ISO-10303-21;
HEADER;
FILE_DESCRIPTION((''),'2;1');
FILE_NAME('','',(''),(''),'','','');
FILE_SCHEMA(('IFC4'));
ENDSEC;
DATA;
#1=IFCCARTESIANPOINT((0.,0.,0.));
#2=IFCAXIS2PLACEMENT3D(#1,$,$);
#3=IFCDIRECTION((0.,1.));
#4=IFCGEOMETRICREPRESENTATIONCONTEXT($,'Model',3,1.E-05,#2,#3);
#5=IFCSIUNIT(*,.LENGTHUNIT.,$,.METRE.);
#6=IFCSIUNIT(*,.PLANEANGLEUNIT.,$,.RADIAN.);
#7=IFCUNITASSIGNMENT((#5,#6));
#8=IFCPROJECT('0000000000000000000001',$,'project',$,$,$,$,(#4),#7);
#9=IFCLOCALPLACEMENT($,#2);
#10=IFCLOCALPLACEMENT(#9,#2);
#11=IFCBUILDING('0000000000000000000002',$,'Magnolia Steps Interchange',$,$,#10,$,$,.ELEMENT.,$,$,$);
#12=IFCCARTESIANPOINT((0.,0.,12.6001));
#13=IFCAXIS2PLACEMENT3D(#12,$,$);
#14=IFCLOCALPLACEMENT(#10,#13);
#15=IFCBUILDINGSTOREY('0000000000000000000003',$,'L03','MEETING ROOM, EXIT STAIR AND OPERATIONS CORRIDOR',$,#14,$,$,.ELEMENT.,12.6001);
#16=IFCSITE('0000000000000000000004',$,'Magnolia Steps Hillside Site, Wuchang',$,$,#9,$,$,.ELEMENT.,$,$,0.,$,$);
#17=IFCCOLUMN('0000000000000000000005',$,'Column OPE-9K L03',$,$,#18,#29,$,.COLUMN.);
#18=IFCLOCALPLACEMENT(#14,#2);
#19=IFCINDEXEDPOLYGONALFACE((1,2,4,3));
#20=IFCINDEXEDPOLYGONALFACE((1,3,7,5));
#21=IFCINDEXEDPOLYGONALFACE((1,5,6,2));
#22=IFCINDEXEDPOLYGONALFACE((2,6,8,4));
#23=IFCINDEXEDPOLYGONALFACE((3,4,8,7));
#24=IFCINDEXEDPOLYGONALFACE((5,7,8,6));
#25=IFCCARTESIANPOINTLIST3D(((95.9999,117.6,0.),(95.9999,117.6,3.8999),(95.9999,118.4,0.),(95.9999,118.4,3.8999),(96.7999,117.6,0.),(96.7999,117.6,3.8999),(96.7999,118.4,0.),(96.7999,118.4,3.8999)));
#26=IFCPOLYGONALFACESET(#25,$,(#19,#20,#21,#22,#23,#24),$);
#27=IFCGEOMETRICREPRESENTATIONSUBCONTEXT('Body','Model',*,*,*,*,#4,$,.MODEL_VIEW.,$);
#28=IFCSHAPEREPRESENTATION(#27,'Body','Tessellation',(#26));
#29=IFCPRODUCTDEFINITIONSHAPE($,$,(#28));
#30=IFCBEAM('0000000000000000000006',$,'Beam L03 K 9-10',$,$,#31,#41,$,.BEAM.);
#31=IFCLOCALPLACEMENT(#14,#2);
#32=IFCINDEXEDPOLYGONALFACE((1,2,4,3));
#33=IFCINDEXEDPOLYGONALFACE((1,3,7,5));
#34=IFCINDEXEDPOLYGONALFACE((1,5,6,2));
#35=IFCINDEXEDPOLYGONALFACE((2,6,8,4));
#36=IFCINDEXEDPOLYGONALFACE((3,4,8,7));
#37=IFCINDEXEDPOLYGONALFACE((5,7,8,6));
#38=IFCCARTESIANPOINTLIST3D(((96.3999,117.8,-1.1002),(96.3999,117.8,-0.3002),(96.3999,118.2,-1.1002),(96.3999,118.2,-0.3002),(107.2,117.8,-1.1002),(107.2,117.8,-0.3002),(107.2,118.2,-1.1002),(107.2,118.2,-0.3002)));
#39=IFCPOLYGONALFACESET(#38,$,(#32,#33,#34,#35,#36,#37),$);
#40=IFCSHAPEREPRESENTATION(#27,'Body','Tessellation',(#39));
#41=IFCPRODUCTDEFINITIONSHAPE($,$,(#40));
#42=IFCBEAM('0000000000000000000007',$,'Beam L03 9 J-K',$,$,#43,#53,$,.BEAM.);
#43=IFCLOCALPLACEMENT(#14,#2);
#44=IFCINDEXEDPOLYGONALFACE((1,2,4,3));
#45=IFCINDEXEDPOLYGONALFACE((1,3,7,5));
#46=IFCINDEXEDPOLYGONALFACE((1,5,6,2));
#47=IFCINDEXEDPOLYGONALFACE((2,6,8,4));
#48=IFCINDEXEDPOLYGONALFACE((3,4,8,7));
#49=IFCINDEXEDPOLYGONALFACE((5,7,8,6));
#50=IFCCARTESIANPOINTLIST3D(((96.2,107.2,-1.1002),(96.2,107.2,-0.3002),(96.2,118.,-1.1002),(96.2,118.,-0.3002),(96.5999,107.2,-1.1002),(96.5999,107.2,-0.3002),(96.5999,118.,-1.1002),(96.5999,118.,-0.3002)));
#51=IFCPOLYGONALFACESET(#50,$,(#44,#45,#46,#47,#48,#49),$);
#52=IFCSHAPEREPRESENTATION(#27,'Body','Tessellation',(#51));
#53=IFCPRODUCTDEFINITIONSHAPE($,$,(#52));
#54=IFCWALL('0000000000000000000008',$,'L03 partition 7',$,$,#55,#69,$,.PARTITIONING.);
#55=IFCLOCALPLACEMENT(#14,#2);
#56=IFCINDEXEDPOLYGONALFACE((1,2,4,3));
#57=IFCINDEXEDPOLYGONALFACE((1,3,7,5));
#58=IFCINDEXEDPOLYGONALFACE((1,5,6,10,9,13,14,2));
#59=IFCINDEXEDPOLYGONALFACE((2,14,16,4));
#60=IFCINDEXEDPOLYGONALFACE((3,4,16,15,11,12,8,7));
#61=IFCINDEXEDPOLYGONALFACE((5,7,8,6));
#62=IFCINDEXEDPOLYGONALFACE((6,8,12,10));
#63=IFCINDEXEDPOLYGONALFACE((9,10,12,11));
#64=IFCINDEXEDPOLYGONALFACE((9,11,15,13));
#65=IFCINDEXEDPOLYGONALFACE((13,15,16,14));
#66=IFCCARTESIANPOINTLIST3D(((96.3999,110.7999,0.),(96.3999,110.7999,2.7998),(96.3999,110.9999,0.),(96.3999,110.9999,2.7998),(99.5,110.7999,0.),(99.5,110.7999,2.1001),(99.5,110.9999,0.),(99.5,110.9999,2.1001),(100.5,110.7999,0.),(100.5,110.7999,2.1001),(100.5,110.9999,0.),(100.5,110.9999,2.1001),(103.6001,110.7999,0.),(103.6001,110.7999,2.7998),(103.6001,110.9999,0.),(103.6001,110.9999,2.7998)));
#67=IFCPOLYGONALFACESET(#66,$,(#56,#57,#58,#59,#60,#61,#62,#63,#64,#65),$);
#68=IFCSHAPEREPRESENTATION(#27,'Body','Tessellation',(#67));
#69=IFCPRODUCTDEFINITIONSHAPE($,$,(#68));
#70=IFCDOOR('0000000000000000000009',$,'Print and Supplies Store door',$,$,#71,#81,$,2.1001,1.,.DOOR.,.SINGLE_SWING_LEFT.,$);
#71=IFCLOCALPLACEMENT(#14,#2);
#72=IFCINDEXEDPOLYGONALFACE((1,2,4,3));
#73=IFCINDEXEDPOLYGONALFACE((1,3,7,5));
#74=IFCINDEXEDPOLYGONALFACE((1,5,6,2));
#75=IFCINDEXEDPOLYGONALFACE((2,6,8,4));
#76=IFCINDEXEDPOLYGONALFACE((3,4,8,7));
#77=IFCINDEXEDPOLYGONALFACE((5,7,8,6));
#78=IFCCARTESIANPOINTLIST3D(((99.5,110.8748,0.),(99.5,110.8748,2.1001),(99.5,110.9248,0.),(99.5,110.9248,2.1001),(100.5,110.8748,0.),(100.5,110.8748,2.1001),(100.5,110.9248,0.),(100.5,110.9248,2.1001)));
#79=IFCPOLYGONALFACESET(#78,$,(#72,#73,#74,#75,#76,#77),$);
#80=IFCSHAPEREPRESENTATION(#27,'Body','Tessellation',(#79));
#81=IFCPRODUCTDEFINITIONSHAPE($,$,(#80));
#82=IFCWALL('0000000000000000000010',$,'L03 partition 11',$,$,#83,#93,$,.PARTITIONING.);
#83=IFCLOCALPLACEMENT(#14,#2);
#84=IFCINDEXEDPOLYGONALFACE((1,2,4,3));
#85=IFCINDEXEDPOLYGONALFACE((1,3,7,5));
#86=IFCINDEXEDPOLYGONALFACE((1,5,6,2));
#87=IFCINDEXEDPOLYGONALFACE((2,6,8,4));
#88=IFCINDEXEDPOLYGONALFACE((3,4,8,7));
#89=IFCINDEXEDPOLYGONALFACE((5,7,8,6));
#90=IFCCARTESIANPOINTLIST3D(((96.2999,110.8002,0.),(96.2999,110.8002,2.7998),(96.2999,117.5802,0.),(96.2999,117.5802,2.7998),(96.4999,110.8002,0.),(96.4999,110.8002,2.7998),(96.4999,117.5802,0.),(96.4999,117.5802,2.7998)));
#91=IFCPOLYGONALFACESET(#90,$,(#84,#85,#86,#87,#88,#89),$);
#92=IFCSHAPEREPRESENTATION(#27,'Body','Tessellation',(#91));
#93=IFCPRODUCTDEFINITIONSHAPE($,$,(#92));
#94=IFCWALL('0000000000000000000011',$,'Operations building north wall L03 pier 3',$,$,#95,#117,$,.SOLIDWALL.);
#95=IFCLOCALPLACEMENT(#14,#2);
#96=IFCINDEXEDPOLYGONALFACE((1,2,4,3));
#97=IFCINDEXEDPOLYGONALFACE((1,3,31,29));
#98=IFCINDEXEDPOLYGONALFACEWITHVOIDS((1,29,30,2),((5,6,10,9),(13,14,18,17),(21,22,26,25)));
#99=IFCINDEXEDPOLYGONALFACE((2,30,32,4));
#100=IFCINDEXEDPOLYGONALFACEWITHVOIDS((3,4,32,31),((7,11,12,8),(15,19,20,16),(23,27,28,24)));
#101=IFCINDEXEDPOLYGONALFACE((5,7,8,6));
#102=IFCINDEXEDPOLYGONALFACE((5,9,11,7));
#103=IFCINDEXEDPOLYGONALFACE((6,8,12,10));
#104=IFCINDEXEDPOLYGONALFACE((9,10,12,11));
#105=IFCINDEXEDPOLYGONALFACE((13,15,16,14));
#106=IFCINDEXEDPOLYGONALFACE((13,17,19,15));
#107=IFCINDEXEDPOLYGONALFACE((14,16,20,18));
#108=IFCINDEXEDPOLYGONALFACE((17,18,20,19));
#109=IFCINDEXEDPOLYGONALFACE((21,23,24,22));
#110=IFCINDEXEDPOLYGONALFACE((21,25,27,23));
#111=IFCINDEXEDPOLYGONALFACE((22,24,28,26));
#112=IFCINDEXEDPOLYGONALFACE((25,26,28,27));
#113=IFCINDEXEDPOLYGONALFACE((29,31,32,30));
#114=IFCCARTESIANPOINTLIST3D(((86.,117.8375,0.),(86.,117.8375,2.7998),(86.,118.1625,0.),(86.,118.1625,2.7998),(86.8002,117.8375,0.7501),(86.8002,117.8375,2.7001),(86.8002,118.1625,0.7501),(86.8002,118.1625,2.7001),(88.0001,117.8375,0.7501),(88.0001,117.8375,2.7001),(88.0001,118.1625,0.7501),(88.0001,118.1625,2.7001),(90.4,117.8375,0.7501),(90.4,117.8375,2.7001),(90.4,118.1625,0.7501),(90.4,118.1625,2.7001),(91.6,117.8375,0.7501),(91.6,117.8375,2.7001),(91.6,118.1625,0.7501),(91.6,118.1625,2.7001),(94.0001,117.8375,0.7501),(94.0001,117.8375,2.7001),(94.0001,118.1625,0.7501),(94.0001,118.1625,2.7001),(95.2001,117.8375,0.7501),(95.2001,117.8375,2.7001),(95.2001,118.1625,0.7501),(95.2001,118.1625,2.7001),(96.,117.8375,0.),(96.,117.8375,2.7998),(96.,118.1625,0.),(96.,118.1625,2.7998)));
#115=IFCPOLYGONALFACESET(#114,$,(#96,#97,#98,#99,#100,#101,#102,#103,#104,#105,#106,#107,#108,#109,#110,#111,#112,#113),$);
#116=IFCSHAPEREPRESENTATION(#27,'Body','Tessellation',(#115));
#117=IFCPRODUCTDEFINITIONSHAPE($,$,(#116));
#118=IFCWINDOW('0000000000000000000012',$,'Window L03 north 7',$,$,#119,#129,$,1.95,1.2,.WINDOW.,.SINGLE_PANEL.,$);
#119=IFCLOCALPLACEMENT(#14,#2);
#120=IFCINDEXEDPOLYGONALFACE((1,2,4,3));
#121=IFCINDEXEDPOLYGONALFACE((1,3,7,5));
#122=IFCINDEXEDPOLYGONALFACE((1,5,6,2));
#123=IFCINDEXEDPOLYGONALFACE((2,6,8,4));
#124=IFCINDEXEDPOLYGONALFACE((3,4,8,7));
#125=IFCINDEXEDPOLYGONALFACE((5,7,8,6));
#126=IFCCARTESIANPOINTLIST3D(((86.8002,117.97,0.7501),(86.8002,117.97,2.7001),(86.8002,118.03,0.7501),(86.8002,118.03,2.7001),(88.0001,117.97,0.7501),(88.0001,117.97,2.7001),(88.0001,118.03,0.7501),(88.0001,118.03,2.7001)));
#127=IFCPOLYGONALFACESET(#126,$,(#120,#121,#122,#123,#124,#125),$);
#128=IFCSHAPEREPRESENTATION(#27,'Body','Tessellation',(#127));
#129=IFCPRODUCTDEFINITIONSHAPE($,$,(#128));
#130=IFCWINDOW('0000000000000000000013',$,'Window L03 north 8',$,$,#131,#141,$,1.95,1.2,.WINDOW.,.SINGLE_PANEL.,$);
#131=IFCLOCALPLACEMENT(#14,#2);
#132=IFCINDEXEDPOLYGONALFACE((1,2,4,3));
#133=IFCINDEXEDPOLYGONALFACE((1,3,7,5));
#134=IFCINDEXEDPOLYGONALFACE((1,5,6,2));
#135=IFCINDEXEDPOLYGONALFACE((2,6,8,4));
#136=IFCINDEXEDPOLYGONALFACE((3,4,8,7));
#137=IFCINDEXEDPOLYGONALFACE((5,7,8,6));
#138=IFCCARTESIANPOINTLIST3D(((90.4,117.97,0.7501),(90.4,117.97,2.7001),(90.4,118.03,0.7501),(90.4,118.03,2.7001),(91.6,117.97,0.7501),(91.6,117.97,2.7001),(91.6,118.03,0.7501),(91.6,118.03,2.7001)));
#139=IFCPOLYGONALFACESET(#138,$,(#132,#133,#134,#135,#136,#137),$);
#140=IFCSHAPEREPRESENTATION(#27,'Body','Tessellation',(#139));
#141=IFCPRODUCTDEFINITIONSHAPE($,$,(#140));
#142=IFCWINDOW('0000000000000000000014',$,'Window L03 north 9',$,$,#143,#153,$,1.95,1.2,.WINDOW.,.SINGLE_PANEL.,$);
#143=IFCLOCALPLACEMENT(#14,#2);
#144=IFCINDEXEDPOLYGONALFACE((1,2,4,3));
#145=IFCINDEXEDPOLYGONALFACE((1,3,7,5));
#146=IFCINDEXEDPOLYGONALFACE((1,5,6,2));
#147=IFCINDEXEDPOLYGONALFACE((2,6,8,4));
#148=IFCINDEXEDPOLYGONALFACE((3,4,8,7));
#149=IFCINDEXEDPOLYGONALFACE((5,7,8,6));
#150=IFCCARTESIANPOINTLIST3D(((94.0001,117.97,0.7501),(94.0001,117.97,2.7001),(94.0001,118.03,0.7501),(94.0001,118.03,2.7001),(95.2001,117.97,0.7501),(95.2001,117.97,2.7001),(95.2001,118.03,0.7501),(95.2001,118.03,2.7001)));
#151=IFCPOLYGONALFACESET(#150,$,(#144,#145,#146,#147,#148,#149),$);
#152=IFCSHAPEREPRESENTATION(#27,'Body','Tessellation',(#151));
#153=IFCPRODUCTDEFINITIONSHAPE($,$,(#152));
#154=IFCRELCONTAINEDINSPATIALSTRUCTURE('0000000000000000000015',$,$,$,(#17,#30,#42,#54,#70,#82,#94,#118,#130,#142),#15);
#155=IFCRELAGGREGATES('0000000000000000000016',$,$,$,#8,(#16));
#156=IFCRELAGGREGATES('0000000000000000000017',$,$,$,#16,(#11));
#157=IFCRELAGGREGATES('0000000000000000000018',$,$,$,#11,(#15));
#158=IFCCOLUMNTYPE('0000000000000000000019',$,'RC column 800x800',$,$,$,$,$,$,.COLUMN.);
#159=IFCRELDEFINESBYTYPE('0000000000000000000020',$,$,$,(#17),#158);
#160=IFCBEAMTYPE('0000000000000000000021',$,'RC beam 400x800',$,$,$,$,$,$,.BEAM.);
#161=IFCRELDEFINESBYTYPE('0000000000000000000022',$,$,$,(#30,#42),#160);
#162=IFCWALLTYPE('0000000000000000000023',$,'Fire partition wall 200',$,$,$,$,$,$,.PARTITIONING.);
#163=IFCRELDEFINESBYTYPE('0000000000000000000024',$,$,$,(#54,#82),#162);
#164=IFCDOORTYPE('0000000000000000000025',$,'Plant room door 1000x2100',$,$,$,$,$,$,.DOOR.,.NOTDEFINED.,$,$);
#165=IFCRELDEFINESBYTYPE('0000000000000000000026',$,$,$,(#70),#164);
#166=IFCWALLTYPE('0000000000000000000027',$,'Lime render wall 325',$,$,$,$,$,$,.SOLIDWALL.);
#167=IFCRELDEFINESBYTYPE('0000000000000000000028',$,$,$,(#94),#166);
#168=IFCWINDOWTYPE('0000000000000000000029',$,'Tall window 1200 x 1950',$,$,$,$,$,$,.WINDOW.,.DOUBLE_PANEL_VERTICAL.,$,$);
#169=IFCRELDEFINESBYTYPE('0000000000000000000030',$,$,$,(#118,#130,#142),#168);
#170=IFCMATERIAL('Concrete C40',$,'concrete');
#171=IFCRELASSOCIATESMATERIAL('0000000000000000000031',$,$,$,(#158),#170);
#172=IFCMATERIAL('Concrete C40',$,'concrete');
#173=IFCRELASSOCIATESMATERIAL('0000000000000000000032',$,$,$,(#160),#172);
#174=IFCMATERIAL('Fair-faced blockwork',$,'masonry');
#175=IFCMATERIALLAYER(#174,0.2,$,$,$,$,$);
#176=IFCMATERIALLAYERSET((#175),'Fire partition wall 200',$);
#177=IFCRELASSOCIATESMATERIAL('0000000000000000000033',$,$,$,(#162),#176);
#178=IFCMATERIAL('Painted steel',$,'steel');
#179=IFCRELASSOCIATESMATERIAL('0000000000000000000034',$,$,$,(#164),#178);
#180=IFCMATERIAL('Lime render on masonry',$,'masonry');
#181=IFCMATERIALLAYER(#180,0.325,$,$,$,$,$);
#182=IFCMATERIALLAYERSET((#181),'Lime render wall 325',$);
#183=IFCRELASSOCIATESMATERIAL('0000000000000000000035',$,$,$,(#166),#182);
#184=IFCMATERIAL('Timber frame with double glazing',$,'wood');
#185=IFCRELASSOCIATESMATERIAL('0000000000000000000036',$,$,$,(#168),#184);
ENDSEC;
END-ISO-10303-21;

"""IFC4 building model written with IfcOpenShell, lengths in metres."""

from ifc_helpers import new_model, si_unit, direction, frame, frame_2d, origin, origin_2d, place, context, subcontext, project, spatial, rectangle, extrude, material, layer, layer_set, material_profile, profile_set, type_object, element, fill, save


model = new_model("IFC4")

# Units and contexts
model_context = context("Model", 3, precision=1e-05, world=origin(), true_north=direction((0.0, 1.0)))
body_context = subcontext(model_context, "Body", "Model", "MODEL_VIEW")
ifc_project = project(units=[si_unit("LENGTHUNIT", "METRE"), si_unit("PLANEANGLEUNIT", "RADIAN")], contexts=[model_context])

# Site, building, storey
site_placement = place(None, origin())
site = spatial("IfcSite", under=ifc_project, at=site_placement, Name="Magnolia Steps Hillside Site, Wuchang", CompositionType="ELEMENT", RefElevation=0.0)
building_placement = place(site_placement, origin())
building = spatial("IfcBuilding", under=site, at=building_placement, Name="Magnolia Steps Interchange", CompositionType="ELEMENT")
storey_placement = place(building_placement, frame((0.0, 0.0, 12.6001)))
storey = spatial("IfcBuildingStorey", under=building, at=storey_placement, Name="L03", Description="MEETING ROOM, EXIT STAIR AND OPERATIONS CORRIDOR", CompositionType="ELEMENT", Elevation=12.6001)

# Column
ifc_material_1 = material(Name="Concrete C40", Category="concrete")
ifc_material_profile_1 = material_profile(ifc_material_1, rectangle(XDim=0.8, YDim=0.8, at=origin_2d()), Name="RC800x800")
ifc_profile_set_1 = profile_set([ifc_material_profile_1], Name="Concrete C40")
column_type = type_object("IfcColumnType", Name="RC column 800x800", PredefinedType="COLUMN", material=ifc_profile_set_1)
column_placement = place(storey_placement, frame((96.3999, 118.0, 0.0), z_axis=(0.0, 0.0, 1.0), x_axis=(1.0, 0.0, 0.0)))
element("IfcColumn", 1, at=column_placement, inside=storey, type_object=column_type, Name="Column OPE-9K L03", PredefinedType="COLUMN", context=body_context, shape_type="SweptSolid", body=[
    extrude(rectangle(XDim=0.8, YDim=0.8, at=origin_2d()), origin(), (0.0, 0.0, 1.0), 3.8999),
])

# Beams
ifc_material_2 = material(Name="Concrete C40", Category="concrete")
ifc_material_profile_2 = material_profile(ifc_material_2, rectangle(XDim=0.3999, YDim=0.8, at=origin_2d()), Name="RC400x800")
ifc_profile_set_2 = profile_set([ifc_material_profile_2], Name="Concrete C40")
beam_type = type_object("IfcBeamType", Name="RC beam 400x800", PredefinedType="BEAM", material=ifc_profile_set_2)
for number, where, z_axis, x_axis, name in (
    (2, (96.3999, 118.0, -0.7002), (1.0, 0.0, 0.0), (0.0, 1.0, 0.0), "Beam L03 K 9-10"),
    (3, (96.3999, 107.2, -0.7002), (0.0, 1.0, 0.0), (-1.0, 0.0, 0.0), "Beam L03 9 J-K"),
):
    element("IfcBeam", number, at=place(storey_placement, frame(where, z_axis=z_axis, x_axis=x_axis)), inside=storey, type_object=beam_type, Name=name, PredefinedType="BEAM", context=body_context, shape_type="SweptSolid", body=[
        extrude(rectangle(XDim=0.3999, YDim=0.8, at=origin_2d()), origin(), (0.0, 0.0, 1.0), 10.8),
    ])

# Wall, opening, door
ifc_material_3 = material(Name="Fair-faced blockwork", Category="masonry")
ifc_layer_1 = layer(ifc_material_3, 0.2)
ifc_layer_set_1 = layer_set([ifc_layer_1], Name="Fire partition wall 200")
wall_type_1 = type_object("IfcWallType", Name="Fire partition wall 200", PredefinedType="PARTITIONING", material=ifc_layer_set_1)
wall_1_placement = place(storey_placement, frame((96.3999, 110.8999, 0.0), z_axis=(0.0, 0.0, 1.0), x_axis=(1.0, 0.0, 0.0)))
wall_1 = element("IfcWall", 4, at=wall_1_placement, inside=storey, type_object=wall_type_1, Name="L03 partition 7", PredefinedType="PARTITIONING", context=body_context, shape_type="SweptSolid", body=[
    extrude(rectangle(XDim=7.2002, YDim=0.2, at=frame_2d((3.6001, 0.0))), origin(), (0.0, 0.0, 1.0), 2.7998),
])
opening_1_placement = place(wall_1_placement, frame((3.1001, 0.0, 0.0)))
opening_1 = element("IfcOpeningElement", 5, at=opening_1_placement, cuts=wall_1, PredefinedType="OPENING", context=body_context, shape_type="SweptSolid", body=[
    extrude(rectangle(XDim=1.0, YDim=2.1001, at=frame_2d((0.5, 1.05))), frame((0.0, 0.1099, 0.0), z_axis=(0.0, -1.0, 0.0), x_axis=(1.0, 0.0, 0.0)), (0.0, 0.0, 1.0), 0.22),
])
ifc_material_4 = material(Name="Painted steel", Category="steel")
door_type = type_object("IfcDoorType", Name="Plant room door 1000x2100", OperationType="NOTDEFINED", PredefinedType="DOOR", material=ifc_material_4)
door_placement = place(opening_1_placement, origin())
door = element("IfcDoor", 6, at=door_placement, inside=storey, type_object=door_type, Name="Print and Supplies Store door", OperationType="SINGLE_SWING_LEFT", OverallHeight=2.1001, OverallWidth=1.0, PredefinedType="DOOR", context=body_context, shape_type="SweptSolid", body=[
    extrude(rectangle(XDim=1.0, YDim=2.1001, at=frame_2d((0.5, 1.05))), frame((0.0, 0.0249, 0.0), z_axis=(0.0, -1.0, 0.0), x_axis=(1.0, 0.0, 0.0)), (0.0, 0.0, 1.0), 0.05),
])
fill(opening_1, door)

# Wall
wall_2_placement = place(storey_placement, frame((96.3999, 110.8, 0.0), z_axis=(0.0, 0.0, 1.0), x_axis=(0.0, 1.0, 0.0)))
element("IfcWall", 7, at=wall_2_placement, inside=storey, type_object=wall_type_1, Name="L03 partition 11", PredefinedType="PARTITIONING", context=body_context, shape_type="SweptSolid", body=[
    extrude(rectangle(XDim=6.78, YDim=0.2, at=frame_2d((3.3901, 0.0))), origin(), (0.0, 0.0, 1.0), 2.7998),
])

# Wall, openings, windows
ifc_material_5 = material(Name="Lime render on masonry", Category="masonry")
ifc_layer_2 = layer(ifc_material_5, 0.325)
ifc_layer_set_2 = layer_set([ifc_layer_2], Name="Lime render wall 325")
wall_type_2 = type_object("IfcWallType", Name="Lime render wall 325", PredefinedType="SOLIDWALL", material=ifc_layer_set_2)
wall_3_placement = place(storey_placement, frame((86.0, 118.0, 0.0), z_axis=(0.0, 0.0, 1.0), x_axis=(1.0, 0.0, 0.0)))
wall_3 = element("IfcWall", 8, at=wall_3_placement, inside=storey, type_object=wall_type_2, Name="Operations building north wall L03 pier 3", PredefinedType="SOLIDWALL", context=body_context, shape_type="SweptSolid", body=[
    extrude(rectangle(XDim=10.0, YDim=0.325, at=frame_2d((5.0, 0.0))), origin(), (0.0, 0.0, 1.0), 2.7998),
])
opening_2_placement = place(wall_3_placement, frame((0.8, 0.0, 0.75)))
opening_2 = element("IfcOpeningElement", 9, at=opening_2_placement, cuts=wall_3, PredefinedType="OPENING", context=body_context, shape_type="SweptSolid", body=[
    extrude(rectangle(XDim=1.2, YDim=1.95, at=frame_2d((0.6001, 0.9751))), frame((0.0, 0.1724, 0.0), z_axis=(0.0, -1.0, 0.0), x_axis=(1.0, 0.0, 0.0)), (0.0, 0.0, 1.0), 0.345),
])
opening_3_placement = place(wall_3_placement, frame((4.3999, 0.0, 0.75)))
opening_3 = element("IfcOpeningElement", 10, at=opening_3_placement, cuts=wall_3, PredefinedType="OPENING", context=body_context, shape_type="SweptSolid", body=[
    extrude(rectangle(XDim=1.2, YDim=1.95, at=frame_2d((0.6001, 0.9751))), frame((0.0, 0.1724, 0.0), z_axis=(0.0, -1.0, 0.0), x_axis=(1.0, 0.0, 0.0)), (0.0, 0.0, 1.0), 0.345),
])
opening_4_placement = place(wall_3_placement, frame((8.0, 0.0, 0.75)))
opening_4 = element("IfcOpeningElement", 11, at=opening_4_placement, cuts=wall_3, PredefinedType="OPENING", context=body_context, shape_type="SweptSolid", body=[
    extrude(rectangle(XDim=1.2, YDim=1.95, at=frame_2d((0.6001, 0.9751))), frame((0.0, 0.1724, 0.0), z_axis=(0.0, -1.0, 0.0), x_axis=(1.0, 0.0, 0.0)), (0.0, 0.0, 1.0), 0.345),
])
ifc_material_6 = material(Name="Timber frame with double glazing", Category="wood")
window_type = type_object("IfcWindowType", Name="Tall window 1200 x 1950", PartitioningType="DOUBLE_PANEL_VERTICAL", PredefinedType="WINDOW", material=ifc_material_6)
window_1_placement = place(opening_2_placement, origin())
window_1 = element("IfcWindow", 12, at=window_1_placement, inside=storey, type_object=window_type, Name="Window L03 north 7", OverallHeight=1.95, OverallWidth=1.2, PartitioningType="SINGLE_PANEL", PredefinedType="WINDOW", context=body_context, shape_type="SweptSolid", body=[
    extrude(rectangle(XDim=1.2, YDim=1.95, at=frame_2d((0.6001, 0.9751))), frame((0.0, 0.03, 0.0), z_axis=(0.0, -1.0, 0.0), x_axis=(1.0, 0.0, 0.0)), (0.0, 0.0, 1.0), 0.0601),
])
fill(opening_2, window_1)
window_2_placement = place(opening_3_placement, origin())
window_2 = element("IfcWindow", 13, at=window_2_placement, inside=storey, type_object=window_type, Name="Window L03 north 8", OverallHeight=1.95, OverallWidth=1.2, PartitioningType="SINGLE_PANEL", PredefinedType="WINDOW", context=body_context, shape_type="SweptSolid", body=[
    extrude(rectangle(XDim=1.2, YDim=1.95, at=frame_2d((0.6001, 0.9751))), frame((0.0, 0.03, 0.0), z_axis=(0.0, -1.0, 0.0), x_axis=(1.0, 0.0, 0.0)), (0.0, 0.0, 1.0), 0.0601),
])
fill(opening_3, window_2)
window_3_placement = place(opening_4_placement, origin())
window_3 = element("IfcWindow", 14, at=window_3_placement, inside=storey, type_object=window_type, Name="Window L03 north 9", OverallHeight=1.95, OverallWidth=1.2, PartitioningType="SINGLE_PANEL", PredefinedType="WINDOW", context=body_context, shape_type="SweptSolid", body=[
    extrude(rectangle(XDim=1.2, YDim=1.95, at=frame_2d((0.6001, 0.9751))), frame((0.0, 0.03, 0.0), z_axis=(0.0, -1.0, 0.0), x_axis=(1.0, 0.0, 0.0)), (0.0, 0.0, 1.0), 0.0601),
])
fill(opening_4, window_3)

save(model, "model.ifc")
